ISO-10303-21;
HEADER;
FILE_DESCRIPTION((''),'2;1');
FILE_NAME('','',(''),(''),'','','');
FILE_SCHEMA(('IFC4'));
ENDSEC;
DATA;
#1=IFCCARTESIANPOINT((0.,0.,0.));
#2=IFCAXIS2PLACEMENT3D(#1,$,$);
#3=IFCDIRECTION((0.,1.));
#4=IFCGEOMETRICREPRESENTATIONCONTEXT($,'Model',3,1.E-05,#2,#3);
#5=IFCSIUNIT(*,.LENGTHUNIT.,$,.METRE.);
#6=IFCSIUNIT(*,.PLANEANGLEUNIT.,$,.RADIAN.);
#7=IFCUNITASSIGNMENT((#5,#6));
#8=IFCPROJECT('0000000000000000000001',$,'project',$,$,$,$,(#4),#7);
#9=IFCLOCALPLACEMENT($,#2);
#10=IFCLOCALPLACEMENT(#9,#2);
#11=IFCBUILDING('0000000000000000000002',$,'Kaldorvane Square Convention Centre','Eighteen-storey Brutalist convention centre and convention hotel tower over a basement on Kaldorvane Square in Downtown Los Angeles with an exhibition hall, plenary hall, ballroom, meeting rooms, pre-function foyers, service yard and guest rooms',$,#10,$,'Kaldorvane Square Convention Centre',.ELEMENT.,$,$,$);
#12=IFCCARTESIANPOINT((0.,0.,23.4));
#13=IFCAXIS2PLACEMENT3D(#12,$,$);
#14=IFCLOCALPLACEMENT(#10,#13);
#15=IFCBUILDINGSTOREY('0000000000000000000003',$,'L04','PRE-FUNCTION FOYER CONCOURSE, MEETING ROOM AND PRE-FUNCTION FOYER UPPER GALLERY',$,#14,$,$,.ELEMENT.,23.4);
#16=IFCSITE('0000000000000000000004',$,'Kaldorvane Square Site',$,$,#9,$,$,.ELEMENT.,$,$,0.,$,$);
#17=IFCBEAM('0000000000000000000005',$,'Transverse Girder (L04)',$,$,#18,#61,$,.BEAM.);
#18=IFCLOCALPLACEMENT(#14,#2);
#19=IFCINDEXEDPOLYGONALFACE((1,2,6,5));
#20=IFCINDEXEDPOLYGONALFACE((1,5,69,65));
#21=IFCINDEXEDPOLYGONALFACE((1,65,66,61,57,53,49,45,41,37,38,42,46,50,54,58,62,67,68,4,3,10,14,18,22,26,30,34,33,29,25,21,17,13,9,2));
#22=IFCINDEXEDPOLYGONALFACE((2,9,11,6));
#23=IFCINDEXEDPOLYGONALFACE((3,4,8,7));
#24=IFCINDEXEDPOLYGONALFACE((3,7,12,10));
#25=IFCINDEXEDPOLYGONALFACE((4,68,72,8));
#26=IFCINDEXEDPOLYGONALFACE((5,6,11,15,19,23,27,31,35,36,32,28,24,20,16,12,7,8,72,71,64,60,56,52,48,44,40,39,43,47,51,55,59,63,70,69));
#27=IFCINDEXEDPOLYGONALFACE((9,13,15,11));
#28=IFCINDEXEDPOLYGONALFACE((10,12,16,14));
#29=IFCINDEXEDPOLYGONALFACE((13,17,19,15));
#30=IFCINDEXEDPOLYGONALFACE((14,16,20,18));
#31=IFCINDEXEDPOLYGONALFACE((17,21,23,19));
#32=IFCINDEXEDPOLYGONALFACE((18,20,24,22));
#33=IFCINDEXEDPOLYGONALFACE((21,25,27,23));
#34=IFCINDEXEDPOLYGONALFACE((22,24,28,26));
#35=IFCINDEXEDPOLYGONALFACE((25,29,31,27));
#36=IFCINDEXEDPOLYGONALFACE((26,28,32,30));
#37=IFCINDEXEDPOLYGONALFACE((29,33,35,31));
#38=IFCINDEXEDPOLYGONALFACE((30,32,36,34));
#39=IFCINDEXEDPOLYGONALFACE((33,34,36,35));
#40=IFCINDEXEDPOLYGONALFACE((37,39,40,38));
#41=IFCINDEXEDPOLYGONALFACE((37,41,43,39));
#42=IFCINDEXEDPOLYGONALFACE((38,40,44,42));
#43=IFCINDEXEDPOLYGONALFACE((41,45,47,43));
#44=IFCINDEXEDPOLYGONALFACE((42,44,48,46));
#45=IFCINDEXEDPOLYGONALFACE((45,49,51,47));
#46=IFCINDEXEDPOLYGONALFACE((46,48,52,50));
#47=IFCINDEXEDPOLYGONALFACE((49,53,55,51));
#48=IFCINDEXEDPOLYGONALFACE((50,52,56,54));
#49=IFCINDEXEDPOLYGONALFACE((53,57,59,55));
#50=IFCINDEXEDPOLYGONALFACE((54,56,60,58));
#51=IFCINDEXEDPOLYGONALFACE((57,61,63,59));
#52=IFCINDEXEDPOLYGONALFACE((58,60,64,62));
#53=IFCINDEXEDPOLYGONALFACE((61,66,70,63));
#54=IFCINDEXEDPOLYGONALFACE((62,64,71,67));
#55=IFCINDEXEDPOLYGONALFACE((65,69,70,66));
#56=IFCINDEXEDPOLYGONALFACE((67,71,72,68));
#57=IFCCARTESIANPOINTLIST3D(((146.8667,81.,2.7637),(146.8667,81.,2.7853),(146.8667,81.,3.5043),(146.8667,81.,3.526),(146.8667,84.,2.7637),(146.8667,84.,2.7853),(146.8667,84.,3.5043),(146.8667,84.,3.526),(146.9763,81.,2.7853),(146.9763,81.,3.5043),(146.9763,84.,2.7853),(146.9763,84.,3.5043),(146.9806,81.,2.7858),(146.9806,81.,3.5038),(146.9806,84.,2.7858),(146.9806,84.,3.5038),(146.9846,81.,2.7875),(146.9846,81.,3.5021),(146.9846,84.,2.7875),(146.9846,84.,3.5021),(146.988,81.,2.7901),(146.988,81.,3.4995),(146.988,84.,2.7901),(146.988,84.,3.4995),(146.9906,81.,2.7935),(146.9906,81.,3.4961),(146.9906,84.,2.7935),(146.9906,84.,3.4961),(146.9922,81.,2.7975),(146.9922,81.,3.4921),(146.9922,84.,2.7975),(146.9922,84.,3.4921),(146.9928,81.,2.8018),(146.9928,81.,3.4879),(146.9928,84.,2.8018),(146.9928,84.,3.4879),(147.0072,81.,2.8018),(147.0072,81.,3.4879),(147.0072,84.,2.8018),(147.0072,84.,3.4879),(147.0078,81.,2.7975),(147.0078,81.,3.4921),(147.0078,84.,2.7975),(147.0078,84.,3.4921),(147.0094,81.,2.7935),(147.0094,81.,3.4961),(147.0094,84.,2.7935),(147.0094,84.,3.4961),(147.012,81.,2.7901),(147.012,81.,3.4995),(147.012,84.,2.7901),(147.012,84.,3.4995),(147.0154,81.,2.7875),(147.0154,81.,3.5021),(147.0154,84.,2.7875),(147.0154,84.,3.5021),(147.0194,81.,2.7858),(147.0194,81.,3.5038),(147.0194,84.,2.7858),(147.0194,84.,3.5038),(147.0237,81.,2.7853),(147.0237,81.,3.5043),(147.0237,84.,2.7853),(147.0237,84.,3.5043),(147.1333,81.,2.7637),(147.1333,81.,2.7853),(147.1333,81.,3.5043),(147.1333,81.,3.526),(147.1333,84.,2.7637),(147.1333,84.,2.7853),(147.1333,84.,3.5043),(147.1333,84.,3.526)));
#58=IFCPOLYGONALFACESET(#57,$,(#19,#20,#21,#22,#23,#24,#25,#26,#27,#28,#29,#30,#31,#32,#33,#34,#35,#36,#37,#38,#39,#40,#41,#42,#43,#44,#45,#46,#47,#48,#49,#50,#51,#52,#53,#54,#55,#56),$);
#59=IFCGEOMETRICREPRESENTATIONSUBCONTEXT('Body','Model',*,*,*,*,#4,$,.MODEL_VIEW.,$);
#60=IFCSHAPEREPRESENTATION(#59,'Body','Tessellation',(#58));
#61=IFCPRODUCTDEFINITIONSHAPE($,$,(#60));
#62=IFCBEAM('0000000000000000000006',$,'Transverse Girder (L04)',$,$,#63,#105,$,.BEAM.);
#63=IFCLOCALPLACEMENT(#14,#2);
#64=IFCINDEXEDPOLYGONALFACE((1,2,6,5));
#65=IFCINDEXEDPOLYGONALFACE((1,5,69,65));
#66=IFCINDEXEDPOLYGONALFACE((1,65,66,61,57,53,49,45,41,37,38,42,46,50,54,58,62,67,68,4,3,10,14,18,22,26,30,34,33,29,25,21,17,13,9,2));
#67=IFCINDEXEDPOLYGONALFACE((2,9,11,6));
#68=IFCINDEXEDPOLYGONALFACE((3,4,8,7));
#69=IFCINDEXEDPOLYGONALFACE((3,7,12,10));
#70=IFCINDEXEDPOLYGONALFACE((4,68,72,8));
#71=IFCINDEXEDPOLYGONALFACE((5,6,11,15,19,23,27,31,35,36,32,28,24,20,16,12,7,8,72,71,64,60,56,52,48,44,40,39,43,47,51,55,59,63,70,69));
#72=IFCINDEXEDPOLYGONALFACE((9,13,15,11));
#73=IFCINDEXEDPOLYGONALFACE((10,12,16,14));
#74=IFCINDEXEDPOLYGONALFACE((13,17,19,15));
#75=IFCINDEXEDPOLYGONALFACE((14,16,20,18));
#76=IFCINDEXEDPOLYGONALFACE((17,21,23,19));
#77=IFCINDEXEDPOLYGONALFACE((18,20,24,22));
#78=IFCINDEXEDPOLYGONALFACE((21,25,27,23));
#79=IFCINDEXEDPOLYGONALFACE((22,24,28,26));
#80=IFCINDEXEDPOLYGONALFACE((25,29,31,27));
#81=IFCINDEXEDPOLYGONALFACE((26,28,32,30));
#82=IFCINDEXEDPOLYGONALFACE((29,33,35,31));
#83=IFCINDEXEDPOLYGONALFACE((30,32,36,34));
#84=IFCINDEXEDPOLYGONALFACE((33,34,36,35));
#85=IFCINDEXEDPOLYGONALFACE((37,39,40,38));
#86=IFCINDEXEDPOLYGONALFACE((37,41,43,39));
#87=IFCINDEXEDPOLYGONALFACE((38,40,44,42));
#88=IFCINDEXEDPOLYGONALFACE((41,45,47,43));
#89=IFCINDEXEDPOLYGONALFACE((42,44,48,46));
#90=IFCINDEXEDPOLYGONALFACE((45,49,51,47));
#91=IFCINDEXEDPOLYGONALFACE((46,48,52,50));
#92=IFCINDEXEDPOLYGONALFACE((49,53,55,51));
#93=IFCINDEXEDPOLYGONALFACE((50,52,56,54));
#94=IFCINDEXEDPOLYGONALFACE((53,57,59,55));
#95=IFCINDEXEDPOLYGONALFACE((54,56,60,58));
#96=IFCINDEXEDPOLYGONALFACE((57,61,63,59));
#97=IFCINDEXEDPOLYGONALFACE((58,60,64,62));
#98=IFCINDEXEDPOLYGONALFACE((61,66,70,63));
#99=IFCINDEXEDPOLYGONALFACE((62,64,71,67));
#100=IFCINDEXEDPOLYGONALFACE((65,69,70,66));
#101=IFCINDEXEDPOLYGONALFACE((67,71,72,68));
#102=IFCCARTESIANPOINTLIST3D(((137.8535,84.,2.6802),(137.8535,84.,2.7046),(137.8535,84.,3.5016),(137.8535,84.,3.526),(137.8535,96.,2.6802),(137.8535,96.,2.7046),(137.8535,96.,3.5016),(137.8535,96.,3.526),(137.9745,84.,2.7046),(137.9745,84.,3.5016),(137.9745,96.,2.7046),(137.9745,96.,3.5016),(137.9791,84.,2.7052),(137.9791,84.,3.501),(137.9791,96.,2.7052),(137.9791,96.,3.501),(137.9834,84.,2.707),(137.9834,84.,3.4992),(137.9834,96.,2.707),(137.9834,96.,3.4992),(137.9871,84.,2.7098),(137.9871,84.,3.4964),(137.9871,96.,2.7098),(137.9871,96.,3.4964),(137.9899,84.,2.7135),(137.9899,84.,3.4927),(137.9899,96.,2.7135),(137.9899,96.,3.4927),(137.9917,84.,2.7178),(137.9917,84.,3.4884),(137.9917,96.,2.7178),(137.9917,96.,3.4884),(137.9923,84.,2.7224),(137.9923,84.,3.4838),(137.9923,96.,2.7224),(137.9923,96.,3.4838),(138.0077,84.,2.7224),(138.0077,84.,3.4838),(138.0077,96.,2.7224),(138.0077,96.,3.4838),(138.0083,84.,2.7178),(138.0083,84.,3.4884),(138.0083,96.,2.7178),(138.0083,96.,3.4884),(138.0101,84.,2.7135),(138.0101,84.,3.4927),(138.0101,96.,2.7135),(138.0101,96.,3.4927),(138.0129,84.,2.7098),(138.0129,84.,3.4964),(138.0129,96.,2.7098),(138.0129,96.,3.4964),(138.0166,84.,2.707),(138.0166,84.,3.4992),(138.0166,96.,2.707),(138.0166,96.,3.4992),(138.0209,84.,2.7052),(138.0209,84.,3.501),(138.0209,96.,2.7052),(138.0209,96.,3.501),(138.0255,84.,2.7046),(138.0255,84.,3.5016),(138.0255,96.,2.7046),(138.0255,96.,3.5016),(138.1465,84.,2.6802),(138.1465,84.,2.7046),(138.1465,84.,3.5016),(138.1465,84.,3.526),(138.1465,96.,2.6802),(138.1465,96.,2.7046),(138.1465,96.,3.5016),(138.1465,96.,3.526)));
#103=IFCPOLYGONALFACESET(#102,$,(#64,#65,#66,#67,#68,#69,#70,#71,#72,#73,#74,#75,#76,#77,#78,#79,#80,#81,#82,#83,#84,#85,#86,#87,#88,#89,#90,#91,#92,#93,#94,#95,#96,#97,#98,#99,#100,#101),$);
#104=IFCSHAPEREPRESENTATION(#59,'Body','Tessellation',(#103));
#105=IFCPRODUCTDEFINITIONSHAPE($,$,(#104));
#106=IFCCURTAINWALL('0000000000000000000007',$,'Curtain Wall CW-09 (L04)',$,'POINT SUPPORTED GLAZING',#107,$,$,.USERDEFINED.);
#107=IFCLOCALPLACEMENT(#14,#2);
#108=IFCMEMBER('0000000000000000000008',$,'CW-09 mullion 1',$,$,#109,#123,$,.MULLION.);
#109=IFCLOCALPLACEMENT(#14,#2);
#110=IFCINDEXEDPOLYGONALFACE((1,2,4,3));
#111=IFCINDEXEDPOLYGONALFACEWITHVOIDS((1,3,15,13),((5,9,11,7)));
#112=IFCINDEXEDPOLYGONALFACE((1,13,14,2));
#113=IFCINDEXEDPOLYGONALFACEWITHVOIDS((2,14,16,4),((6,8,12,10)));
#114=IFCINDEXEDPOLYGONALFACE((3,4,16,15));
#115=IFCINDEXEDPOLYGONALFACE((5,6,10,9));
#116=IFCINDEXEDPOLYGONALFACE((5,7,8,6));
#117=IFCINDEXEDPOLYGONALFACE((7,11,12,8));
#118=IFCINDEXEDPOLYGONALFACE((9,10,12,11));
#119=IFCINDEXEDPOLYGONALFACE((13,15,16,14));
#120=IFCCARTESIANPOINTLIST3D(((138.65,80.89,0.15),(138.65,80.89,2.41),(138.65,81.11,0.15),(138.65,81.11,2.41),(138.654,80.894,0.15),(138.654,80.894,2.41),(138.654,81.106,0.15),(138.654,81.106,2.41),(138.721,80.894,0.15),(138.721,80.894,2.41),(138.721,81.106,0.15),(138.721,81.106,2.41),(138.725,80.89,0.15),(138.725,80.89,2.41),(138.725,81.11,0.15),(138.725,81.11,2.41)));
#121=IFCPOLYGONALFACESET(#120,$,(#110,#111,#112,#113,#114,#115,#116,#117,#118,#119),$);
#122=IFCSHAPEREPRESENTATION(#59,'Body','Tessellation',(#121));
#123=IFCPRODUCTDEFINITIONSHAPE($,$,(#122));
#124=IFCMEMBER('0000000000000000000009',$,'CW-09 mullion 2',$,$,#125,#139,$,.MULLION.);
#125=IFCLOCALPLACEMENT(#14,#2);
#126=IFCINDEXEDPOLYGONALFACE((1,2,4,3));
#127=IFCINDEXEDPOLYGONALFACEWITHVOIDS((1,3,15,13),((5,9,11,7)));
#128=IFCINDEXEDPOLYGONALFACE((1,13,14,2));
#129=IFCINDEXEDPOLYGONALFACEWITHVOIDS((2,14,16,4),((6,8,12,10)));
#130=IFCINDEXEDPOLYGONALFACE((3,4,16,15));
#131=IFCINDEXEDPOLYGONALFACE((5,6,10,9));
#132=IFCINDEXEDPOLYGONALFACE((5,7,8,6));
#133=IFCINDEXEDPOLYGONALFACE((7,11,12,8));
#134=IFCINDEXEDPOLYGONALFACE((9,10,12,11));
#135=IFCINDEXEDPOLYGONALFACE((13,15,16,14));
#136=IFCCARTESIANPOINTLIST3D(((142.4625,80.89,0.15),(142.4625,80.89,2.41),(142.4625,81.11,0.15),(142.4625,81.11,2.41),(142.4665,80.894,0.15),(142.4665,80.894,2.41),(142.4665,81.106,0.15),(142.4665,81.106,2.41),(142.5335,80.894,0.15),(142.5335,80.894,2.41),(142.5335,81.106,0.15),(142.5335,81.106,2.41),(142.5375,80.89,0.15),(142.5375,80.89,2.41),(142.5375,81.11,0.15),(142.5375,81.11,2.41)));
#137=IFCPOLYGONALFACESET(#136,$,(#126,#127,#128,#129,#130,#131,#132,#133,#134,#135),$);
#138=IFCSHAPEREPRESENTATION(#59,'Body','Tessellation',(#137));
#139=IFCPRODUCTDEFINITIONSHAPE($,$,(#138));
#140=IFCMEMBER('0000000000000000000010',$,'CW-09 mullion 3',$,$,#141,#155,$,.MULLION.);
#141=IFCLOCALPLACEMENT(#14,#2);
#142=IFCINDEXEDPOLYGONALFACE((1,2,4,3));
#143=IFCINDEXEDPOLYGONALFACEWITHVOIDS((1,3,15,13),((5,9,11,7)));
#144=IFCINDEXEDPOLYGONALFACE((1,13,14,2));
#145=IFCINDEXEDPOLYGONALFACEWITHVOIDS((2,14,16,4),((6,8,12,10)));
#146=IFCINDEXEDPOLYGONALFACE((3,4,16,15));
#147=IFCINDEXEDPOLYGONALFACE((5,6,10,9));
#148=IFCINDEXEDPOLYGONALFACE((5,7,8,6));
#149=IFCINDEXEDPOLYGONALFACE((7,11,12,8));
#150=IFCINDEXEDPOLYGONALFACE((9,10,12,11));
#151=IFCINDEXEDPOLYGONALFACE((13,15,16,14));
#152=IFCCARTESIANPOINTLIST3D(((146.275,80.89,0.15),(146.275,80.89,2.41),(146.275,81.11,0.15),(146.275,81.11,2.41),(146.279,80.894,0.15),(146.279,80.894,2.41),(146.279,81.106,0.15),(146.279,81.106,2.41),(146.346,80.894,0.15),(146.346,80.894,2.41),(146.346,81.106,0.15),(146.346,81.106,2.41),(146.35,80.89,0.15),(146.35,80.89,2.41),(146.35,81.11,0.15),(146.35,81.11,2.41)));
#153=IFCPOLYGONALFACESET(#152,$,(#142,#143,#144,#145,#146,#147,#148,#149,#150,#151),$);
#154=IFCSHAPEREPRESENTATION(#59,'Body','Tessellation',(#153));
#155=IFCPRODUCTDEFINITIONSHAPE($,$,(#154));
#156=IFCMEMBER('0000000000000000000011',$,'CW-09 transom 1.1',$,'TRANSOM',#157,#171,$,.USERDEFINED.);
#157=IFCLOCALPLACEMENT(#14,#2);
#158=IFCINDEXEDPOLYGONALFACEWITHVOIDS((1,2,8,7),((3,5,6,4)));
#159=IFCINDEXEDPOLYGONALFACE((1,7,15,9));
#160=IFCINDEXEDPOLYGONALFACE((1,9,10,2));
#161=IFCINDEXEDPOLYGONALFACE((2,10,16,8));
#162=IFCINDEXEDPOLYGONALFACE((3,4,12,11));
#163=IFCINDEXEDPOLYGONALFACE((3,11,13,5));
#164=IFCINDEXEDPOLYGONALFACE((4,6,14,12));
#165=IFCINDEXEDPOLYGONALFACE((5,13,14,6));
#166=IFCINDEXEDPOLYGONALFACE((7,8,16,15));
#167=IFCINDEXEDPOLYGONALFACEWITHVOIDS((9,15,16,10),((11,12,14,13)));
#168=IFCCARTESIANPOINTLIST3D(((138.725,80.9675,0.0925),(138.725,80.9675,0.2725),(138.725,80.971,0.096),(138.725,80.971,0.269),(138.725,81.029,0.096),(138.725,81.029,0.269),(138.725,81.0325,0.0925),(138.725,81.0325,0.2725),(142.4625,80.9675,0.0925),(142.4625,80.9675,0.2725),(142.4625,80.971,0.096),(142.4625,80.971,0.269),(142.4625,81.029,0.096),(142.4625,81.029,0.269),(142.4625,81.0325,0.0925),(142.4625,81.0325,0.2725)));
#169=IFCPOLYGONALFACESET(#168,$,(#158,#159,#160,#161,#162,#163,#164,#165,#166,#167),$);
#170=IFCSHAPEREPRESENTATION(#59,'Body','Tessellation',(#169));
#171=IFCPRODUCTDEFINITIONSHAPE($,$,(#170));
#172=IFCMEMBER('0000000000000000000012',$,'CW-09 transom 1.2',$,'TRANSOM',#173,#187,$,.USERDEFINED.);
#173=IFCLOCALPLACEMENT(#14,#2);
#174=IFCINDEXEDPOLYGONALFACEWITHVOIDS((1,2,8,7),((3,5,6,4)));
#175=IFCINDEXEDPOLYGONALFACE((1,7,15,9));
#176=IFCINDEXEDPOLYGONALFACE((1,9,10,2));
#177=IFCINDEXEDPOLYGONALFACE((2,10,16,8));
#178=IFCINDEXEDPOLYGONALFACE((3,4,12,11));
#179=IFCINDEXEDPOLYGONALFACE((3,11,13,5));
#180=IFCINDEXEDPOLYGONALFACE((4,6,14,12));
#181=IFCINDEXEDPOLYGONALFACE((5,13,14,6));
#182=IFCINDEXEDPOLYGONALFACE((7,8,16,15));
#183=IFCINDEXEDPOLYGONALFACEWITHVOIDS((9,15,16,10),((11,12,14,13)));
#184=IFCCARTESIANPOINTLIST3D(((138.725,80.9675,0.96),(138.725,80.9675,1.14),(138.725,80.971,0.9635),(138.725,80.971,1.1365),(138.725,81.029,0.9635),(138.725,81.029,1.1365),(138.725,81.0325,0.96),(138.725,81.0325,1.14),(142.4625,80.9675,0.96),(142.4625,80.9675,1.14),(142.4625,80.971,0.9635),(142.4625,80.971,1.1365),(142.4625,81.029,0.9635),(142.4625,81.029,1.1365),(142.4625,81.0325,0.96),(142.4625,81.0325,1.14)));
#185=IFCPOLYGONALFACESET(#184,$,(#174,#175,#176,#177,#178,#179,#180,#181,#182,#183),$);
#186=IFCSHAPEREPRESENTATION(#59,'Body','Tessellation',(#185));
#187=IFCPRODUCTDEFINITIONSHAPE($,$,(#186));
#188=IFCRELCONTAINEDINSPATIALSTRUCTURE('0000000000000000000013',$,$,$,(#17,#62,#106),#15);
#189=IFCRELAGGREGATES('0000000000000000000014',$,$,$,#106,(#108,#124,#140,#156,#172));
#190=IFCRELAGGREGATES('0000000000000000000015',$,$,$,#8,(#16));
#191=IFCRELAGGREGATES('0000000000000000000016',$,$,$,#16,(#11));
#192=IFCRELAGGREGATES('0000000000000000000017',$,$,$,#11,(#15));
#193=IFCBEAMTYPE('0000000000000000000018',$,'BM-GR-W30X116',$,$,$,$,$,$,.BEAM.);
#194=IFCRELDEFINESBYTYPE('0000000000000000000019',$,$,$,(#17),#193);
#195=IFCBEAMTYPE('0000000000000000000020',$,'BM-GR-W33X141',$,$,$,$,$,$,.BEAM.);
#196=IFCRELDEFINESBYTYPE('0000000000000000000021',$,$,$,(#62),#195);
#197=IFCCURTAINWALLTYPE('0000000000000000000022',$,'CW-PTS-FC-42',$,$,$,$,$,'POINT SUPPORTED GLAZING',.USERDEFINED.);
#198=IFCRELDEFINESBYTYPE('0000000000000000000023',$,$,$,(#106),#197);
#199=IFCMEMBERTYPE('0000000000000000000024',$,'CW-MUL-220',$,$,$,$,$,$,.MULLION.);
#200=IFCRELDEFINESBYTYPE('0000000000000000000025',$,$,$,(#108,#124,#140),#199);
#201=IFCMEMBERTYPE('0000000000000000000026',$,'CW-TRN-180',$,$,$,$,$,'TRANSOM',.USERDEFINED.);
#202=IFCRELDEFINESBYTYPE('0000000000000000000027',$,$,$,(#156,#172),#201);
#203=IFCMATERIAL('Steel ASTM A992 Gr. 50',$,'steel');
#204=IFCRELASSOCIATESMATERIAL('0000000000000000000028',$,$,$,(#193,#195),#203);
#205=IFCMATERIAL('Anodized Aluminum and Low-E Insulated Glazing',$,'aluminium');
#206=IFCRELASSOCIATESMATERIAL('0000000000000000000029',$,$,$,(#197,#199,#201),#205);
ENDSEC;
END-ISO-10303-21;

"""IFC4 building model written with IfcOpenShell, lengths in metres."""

from ifc_helpers import new_model, si_unit, direction, frame, origin, origin_2d, place, context, subcontext, project, spatial, hollow_rectangle, i_section, extrude, material, material_profile, profile_set, type_object, element, aggregate, save


model = new_model("IFC4")

# Units and contexts
model_context = context("Model", 3, precision=1e-05, world=origin(), true_north=direction((0.0, 1.0)))
body_context = subcontext(model_context, "Body", "Model", "MODEL_VIEW")
ifc_project = project(units=[si_unit("LENGTHUNIT", "METRE"), si_unit("PLANEANGLEUNIT", "RADIAN")], contexts=[model_context])

# Site, building, storey
site_placement = place(None, origin())
site = spatial("IfcSite", under=ifc_project, at=site_placement, Name="Kaldorvane Square Site", CompositionType="ELEMENT", RefElevation=0.0)
building_placement = place(site_placement, origin())
building = spatial("IfcBuilding", under=site, at=building_placement, Name="Kaldorvane Square Convention Centre", Description="Eighteen-storey Brutalist convention centre and convention hotel tower over a basement on Kaldorvane Square in Downtown Los Angeles with an exhibition hall, plenary hall, ballroom, meeting rooms, pre-function foyers, service yard and guest rooms", LongName="Kaldorvane Square Convention Centre", CompositionType="ELEMENT")
storey_placement = place(building_placement, frame((0.0, 0.0, 23.4)))
storey = spatial("IfcBuildingStorey", under=building, at=storey_placement, Name="L04", Description="PRE-FUNCTION FOYER CONCOURSE, MEETING ROOM AND PRE-FUNCTION FOYER UPPER GALLERY", CompositionType="ELEMENT", Elevation=23.4)

# Shared definitions
ifc_material_1 = material(Name="Steel ASTM A992 Gr. 50", Category="steel")

# Beams
ifc_material_profile_1 = material_profile(ifc_material_1, i_section(OverallWidth=0.2666, OverallDepth=0.7623, WebThickness=0.0144, FlangeThickness=0.0216, FilletRadius=0.0165, at=origin_2d()), Name="W30X116")
ifc_profile_set_1 = profile_set([ifc_material_profile_1], Name="Steel ASTM A992 Gr. 50")
beam_type_1 = type_object("IfcBeamType", Name="BM-GR-W30X116", PredefinedType="BEAM", material=ifc_profile_set_1)
beam_1_placement = place(storey_placement, frame((147.0, 81.0, 3.1448), z_axis=(0.0, 1.0, 0.0), x_axis=(-1.0, 0.0, 0.0)))
element("IfcBeam", 1, at=beam_1_placement, inside=storey, type_object=beam_type_1, Name="Transverse Girder (L04)", PredefinedType="BEAM", context=body_context, shape_type="SweptSolid", body=[
    extrude(i_section(OverallWidth=0.2666, OverallDepth=0.7623, WebThickness=0.0144, FlangeThickness=0.0216, FilletRadius=0.0165, at=origin_2d()), origin(), (0.0, 0.0, 1.0), 3.0),
])
ifc_material_profile_2 = material_profile(ifc_material_1, i_section(OverallWidth=0.293, OverallDepth=0.8458, WebThickness=0.0154, FlangeThickness=0.0244, FilletRadius=0.0178, at=origin_2d()), Name="W33X141")
ifc_profile_set_2 = profile_set([ifc_material_profile_2], Name="Steel ASTM A992 Gr. 50")
beam_type_2 = type_object("IfcBeamType", Name="BM-GR-W33X141", PredefinedType="BEAM", material=ifc_profile_set_2)
beam_2_placement = place(storey_placement, frame((138.0, 84.0, 3.1031), z_axis=(0.0, 1.0, 0.0), x_axis=(-1.0, 0.0, 0.0)))
element("IfcBeam", 2, at=beam_2_placement, inside=storey, type_object=beam_type_2, Name="Transverse Girder (L04)", PredefinedType="BEAM", context=body_context, shape_type="SweptSolid", body=[
    extrude(i_section(OverallWidth=0.293, OverallDepth=0.8458, WebThickness=0.0154, FlangeThickness=0.0244, FilletRadius=0.0178, at=origin_2d()), origin(), (0.0, 0.0, 1.0), 12.0),
])

# Curtain wall, members
ifc_material_2 = material(Name="Anodized Aluminum and Low-E Insulated Glazing", Category="aluminium")
curtain_wall_type = type_object("IfcCurtainWallType", Name="CW-PTS-FC-42", ElementType="POINT SUPPORTED GLAZING", PredefinedType="USERDEFINED", material=ifc_material_2)
curtain_wall_placement = place(storey_placement, origin())
curtain_wall = element("IfcCurtainWall", 3, at=curtain_wall_placement, inside=storey, type_object=curtain_wall_type, Name="Curtain Wall CW-09 (L04)", ObjectType="POINT SUPPORTED GLAZING", PredefinedType="USERDEFINED")
ifc_material_profile_3 = material_profile(ifc_material_2, hollow_rectangle(XDim=0.075, YDim=0.22, WallThickness=0.004, at=origin_2d()), Name="CWM-220X75")
ifc_profile_set_3 = profile_set([ifc_material_profile_3], Name="Anodized Aluminum and Low-E Insulated Glazing")
member_type_1 = type_object("IfcMemberType", Name="CW-MUL-220", PredefinedType="MULLION", material=ifc_profile_set_3)
member_1_placement = place(storey_placement, frame((138.6875, 81.0, 0.15), z_axis=(0.0, 0.0, 1.0), x_axis=(1.0, 0.0, 0.0)))
member_1 = element("IfcMember", 4, at=member_1_placement, type_object=member_type_1, Name="CW-09 mullion 1", PredefinedType="MULLION", context=body_context, shape_type="SweptSolid", body=[
    extrude(hollow_rectangle(XDim=0.075, YDim=0.22, WallThickness=0.004, at=origin_2d()), origin(), (0.0, 0.0, 1.0), 2.26),
])
member_2_placement = place(storey_placement, frame((142.5, 81.0, 0.15), z_axis=(0.0, 0.0, 1.0), x_axis=(1.0, 0.0, 0.0)))
member_2 = element("IfcMember", 5, at=member_2_placement, type_object=member_type_1, Name="CW-09 mullion 2", PredefinedType="MULLION", context=body_context, shape_type="SweptSolid", body=[
    extrude(hollow_rectangle(XDim=0.075, YDim=0.22, WallThickness=0.004, at=origin_2d()), origin(), (0.0, 0.0, 1.0), 2.26),
])
member_3_placement = place(storey_placement, frame((146.3125, 81.0, 0.15), z_axis=(0.0, 0.0, 1.0), x_axis=(1.0, 0.0, 0.0)))
member_3 = element("IfcMember", 6, at=member_3_placement, type_object=member_type_1, Name="CW-09 mullion 3", PredefinedType="MULLION", context=body_context, shape_type="SweptSolid", body=[
    extrude(hollow_rectangle(XDim=0.075, YDim=0.22, WallThickness=0.004, at=origin_2d()), origin(), (0.0, 0.0, 1.0), 2.26),
])
ifc_material_profile_4 = material_profile(ifc_material_2, hollow_rectangle(XDim=0.065, YDim=0.18, WallThickness=0.0035, at=origin_2d()), Name="CWT-180X65")
ifc_profile_set_4 = profile_set([ifc_material_profile_4], Name="Anodized Aluminum and Low-E Insulated Glazing")
member_type_2 = type_object("IfcMemberType", Name="CW-TRN-180", ElementType="TRANSOM", PredefinedType="USERDEFINED", material=ifc_profile_set_4)
member_4_placement = place(storey_placement, frame((138.725, 81.0, 0.1825), z_axis=(1.0, 0.0, 0.0), x_axis=(0.0, 1.0, 0.0)))
member_4 = element("IfcMember", 7, at=member_4_placement, type_object=member_type_2, Name="CW-09 transom 1.1", ObjectType="TRANSOM", PredefinedType="USERDEFINED", context=body_context, shape_type="SweptSolid", body=[
    extrude(hollow_rectangle(XDim=0.065, YDim=0.18, WallThickness=0.0035, at=origin_2d()), origin(), (0.0, 0.0, 1.0), 3.7375),
])
member_5_placement = place(storey_placement, frame((138.725, 81.0, 1.05), z_axis=(1.0, 0.0, 0.0), x_axis=(0.0, 1.0, 0.0)))
member_5 = element("IfcMember", 8, at=member_5_placement, type_object=member_type_2, Name="CW-09 transom 1.2", ObjectType="TRANSOM", PredefinedType="USERDEFINED", context=body_context, shape_type="SweptSolid", body=[
    extrude(hollow_rectangle(XDim=0.065, YDim=0.18, WallThickness=0.0035, at=origin_2d()), origin(), (0.0, 0.0, 1.0), 3.7375),
])
aggregate(curtain_wall, [member_1, member_2, member_3, member_4, member_5])

save(model, "model.ifc")
